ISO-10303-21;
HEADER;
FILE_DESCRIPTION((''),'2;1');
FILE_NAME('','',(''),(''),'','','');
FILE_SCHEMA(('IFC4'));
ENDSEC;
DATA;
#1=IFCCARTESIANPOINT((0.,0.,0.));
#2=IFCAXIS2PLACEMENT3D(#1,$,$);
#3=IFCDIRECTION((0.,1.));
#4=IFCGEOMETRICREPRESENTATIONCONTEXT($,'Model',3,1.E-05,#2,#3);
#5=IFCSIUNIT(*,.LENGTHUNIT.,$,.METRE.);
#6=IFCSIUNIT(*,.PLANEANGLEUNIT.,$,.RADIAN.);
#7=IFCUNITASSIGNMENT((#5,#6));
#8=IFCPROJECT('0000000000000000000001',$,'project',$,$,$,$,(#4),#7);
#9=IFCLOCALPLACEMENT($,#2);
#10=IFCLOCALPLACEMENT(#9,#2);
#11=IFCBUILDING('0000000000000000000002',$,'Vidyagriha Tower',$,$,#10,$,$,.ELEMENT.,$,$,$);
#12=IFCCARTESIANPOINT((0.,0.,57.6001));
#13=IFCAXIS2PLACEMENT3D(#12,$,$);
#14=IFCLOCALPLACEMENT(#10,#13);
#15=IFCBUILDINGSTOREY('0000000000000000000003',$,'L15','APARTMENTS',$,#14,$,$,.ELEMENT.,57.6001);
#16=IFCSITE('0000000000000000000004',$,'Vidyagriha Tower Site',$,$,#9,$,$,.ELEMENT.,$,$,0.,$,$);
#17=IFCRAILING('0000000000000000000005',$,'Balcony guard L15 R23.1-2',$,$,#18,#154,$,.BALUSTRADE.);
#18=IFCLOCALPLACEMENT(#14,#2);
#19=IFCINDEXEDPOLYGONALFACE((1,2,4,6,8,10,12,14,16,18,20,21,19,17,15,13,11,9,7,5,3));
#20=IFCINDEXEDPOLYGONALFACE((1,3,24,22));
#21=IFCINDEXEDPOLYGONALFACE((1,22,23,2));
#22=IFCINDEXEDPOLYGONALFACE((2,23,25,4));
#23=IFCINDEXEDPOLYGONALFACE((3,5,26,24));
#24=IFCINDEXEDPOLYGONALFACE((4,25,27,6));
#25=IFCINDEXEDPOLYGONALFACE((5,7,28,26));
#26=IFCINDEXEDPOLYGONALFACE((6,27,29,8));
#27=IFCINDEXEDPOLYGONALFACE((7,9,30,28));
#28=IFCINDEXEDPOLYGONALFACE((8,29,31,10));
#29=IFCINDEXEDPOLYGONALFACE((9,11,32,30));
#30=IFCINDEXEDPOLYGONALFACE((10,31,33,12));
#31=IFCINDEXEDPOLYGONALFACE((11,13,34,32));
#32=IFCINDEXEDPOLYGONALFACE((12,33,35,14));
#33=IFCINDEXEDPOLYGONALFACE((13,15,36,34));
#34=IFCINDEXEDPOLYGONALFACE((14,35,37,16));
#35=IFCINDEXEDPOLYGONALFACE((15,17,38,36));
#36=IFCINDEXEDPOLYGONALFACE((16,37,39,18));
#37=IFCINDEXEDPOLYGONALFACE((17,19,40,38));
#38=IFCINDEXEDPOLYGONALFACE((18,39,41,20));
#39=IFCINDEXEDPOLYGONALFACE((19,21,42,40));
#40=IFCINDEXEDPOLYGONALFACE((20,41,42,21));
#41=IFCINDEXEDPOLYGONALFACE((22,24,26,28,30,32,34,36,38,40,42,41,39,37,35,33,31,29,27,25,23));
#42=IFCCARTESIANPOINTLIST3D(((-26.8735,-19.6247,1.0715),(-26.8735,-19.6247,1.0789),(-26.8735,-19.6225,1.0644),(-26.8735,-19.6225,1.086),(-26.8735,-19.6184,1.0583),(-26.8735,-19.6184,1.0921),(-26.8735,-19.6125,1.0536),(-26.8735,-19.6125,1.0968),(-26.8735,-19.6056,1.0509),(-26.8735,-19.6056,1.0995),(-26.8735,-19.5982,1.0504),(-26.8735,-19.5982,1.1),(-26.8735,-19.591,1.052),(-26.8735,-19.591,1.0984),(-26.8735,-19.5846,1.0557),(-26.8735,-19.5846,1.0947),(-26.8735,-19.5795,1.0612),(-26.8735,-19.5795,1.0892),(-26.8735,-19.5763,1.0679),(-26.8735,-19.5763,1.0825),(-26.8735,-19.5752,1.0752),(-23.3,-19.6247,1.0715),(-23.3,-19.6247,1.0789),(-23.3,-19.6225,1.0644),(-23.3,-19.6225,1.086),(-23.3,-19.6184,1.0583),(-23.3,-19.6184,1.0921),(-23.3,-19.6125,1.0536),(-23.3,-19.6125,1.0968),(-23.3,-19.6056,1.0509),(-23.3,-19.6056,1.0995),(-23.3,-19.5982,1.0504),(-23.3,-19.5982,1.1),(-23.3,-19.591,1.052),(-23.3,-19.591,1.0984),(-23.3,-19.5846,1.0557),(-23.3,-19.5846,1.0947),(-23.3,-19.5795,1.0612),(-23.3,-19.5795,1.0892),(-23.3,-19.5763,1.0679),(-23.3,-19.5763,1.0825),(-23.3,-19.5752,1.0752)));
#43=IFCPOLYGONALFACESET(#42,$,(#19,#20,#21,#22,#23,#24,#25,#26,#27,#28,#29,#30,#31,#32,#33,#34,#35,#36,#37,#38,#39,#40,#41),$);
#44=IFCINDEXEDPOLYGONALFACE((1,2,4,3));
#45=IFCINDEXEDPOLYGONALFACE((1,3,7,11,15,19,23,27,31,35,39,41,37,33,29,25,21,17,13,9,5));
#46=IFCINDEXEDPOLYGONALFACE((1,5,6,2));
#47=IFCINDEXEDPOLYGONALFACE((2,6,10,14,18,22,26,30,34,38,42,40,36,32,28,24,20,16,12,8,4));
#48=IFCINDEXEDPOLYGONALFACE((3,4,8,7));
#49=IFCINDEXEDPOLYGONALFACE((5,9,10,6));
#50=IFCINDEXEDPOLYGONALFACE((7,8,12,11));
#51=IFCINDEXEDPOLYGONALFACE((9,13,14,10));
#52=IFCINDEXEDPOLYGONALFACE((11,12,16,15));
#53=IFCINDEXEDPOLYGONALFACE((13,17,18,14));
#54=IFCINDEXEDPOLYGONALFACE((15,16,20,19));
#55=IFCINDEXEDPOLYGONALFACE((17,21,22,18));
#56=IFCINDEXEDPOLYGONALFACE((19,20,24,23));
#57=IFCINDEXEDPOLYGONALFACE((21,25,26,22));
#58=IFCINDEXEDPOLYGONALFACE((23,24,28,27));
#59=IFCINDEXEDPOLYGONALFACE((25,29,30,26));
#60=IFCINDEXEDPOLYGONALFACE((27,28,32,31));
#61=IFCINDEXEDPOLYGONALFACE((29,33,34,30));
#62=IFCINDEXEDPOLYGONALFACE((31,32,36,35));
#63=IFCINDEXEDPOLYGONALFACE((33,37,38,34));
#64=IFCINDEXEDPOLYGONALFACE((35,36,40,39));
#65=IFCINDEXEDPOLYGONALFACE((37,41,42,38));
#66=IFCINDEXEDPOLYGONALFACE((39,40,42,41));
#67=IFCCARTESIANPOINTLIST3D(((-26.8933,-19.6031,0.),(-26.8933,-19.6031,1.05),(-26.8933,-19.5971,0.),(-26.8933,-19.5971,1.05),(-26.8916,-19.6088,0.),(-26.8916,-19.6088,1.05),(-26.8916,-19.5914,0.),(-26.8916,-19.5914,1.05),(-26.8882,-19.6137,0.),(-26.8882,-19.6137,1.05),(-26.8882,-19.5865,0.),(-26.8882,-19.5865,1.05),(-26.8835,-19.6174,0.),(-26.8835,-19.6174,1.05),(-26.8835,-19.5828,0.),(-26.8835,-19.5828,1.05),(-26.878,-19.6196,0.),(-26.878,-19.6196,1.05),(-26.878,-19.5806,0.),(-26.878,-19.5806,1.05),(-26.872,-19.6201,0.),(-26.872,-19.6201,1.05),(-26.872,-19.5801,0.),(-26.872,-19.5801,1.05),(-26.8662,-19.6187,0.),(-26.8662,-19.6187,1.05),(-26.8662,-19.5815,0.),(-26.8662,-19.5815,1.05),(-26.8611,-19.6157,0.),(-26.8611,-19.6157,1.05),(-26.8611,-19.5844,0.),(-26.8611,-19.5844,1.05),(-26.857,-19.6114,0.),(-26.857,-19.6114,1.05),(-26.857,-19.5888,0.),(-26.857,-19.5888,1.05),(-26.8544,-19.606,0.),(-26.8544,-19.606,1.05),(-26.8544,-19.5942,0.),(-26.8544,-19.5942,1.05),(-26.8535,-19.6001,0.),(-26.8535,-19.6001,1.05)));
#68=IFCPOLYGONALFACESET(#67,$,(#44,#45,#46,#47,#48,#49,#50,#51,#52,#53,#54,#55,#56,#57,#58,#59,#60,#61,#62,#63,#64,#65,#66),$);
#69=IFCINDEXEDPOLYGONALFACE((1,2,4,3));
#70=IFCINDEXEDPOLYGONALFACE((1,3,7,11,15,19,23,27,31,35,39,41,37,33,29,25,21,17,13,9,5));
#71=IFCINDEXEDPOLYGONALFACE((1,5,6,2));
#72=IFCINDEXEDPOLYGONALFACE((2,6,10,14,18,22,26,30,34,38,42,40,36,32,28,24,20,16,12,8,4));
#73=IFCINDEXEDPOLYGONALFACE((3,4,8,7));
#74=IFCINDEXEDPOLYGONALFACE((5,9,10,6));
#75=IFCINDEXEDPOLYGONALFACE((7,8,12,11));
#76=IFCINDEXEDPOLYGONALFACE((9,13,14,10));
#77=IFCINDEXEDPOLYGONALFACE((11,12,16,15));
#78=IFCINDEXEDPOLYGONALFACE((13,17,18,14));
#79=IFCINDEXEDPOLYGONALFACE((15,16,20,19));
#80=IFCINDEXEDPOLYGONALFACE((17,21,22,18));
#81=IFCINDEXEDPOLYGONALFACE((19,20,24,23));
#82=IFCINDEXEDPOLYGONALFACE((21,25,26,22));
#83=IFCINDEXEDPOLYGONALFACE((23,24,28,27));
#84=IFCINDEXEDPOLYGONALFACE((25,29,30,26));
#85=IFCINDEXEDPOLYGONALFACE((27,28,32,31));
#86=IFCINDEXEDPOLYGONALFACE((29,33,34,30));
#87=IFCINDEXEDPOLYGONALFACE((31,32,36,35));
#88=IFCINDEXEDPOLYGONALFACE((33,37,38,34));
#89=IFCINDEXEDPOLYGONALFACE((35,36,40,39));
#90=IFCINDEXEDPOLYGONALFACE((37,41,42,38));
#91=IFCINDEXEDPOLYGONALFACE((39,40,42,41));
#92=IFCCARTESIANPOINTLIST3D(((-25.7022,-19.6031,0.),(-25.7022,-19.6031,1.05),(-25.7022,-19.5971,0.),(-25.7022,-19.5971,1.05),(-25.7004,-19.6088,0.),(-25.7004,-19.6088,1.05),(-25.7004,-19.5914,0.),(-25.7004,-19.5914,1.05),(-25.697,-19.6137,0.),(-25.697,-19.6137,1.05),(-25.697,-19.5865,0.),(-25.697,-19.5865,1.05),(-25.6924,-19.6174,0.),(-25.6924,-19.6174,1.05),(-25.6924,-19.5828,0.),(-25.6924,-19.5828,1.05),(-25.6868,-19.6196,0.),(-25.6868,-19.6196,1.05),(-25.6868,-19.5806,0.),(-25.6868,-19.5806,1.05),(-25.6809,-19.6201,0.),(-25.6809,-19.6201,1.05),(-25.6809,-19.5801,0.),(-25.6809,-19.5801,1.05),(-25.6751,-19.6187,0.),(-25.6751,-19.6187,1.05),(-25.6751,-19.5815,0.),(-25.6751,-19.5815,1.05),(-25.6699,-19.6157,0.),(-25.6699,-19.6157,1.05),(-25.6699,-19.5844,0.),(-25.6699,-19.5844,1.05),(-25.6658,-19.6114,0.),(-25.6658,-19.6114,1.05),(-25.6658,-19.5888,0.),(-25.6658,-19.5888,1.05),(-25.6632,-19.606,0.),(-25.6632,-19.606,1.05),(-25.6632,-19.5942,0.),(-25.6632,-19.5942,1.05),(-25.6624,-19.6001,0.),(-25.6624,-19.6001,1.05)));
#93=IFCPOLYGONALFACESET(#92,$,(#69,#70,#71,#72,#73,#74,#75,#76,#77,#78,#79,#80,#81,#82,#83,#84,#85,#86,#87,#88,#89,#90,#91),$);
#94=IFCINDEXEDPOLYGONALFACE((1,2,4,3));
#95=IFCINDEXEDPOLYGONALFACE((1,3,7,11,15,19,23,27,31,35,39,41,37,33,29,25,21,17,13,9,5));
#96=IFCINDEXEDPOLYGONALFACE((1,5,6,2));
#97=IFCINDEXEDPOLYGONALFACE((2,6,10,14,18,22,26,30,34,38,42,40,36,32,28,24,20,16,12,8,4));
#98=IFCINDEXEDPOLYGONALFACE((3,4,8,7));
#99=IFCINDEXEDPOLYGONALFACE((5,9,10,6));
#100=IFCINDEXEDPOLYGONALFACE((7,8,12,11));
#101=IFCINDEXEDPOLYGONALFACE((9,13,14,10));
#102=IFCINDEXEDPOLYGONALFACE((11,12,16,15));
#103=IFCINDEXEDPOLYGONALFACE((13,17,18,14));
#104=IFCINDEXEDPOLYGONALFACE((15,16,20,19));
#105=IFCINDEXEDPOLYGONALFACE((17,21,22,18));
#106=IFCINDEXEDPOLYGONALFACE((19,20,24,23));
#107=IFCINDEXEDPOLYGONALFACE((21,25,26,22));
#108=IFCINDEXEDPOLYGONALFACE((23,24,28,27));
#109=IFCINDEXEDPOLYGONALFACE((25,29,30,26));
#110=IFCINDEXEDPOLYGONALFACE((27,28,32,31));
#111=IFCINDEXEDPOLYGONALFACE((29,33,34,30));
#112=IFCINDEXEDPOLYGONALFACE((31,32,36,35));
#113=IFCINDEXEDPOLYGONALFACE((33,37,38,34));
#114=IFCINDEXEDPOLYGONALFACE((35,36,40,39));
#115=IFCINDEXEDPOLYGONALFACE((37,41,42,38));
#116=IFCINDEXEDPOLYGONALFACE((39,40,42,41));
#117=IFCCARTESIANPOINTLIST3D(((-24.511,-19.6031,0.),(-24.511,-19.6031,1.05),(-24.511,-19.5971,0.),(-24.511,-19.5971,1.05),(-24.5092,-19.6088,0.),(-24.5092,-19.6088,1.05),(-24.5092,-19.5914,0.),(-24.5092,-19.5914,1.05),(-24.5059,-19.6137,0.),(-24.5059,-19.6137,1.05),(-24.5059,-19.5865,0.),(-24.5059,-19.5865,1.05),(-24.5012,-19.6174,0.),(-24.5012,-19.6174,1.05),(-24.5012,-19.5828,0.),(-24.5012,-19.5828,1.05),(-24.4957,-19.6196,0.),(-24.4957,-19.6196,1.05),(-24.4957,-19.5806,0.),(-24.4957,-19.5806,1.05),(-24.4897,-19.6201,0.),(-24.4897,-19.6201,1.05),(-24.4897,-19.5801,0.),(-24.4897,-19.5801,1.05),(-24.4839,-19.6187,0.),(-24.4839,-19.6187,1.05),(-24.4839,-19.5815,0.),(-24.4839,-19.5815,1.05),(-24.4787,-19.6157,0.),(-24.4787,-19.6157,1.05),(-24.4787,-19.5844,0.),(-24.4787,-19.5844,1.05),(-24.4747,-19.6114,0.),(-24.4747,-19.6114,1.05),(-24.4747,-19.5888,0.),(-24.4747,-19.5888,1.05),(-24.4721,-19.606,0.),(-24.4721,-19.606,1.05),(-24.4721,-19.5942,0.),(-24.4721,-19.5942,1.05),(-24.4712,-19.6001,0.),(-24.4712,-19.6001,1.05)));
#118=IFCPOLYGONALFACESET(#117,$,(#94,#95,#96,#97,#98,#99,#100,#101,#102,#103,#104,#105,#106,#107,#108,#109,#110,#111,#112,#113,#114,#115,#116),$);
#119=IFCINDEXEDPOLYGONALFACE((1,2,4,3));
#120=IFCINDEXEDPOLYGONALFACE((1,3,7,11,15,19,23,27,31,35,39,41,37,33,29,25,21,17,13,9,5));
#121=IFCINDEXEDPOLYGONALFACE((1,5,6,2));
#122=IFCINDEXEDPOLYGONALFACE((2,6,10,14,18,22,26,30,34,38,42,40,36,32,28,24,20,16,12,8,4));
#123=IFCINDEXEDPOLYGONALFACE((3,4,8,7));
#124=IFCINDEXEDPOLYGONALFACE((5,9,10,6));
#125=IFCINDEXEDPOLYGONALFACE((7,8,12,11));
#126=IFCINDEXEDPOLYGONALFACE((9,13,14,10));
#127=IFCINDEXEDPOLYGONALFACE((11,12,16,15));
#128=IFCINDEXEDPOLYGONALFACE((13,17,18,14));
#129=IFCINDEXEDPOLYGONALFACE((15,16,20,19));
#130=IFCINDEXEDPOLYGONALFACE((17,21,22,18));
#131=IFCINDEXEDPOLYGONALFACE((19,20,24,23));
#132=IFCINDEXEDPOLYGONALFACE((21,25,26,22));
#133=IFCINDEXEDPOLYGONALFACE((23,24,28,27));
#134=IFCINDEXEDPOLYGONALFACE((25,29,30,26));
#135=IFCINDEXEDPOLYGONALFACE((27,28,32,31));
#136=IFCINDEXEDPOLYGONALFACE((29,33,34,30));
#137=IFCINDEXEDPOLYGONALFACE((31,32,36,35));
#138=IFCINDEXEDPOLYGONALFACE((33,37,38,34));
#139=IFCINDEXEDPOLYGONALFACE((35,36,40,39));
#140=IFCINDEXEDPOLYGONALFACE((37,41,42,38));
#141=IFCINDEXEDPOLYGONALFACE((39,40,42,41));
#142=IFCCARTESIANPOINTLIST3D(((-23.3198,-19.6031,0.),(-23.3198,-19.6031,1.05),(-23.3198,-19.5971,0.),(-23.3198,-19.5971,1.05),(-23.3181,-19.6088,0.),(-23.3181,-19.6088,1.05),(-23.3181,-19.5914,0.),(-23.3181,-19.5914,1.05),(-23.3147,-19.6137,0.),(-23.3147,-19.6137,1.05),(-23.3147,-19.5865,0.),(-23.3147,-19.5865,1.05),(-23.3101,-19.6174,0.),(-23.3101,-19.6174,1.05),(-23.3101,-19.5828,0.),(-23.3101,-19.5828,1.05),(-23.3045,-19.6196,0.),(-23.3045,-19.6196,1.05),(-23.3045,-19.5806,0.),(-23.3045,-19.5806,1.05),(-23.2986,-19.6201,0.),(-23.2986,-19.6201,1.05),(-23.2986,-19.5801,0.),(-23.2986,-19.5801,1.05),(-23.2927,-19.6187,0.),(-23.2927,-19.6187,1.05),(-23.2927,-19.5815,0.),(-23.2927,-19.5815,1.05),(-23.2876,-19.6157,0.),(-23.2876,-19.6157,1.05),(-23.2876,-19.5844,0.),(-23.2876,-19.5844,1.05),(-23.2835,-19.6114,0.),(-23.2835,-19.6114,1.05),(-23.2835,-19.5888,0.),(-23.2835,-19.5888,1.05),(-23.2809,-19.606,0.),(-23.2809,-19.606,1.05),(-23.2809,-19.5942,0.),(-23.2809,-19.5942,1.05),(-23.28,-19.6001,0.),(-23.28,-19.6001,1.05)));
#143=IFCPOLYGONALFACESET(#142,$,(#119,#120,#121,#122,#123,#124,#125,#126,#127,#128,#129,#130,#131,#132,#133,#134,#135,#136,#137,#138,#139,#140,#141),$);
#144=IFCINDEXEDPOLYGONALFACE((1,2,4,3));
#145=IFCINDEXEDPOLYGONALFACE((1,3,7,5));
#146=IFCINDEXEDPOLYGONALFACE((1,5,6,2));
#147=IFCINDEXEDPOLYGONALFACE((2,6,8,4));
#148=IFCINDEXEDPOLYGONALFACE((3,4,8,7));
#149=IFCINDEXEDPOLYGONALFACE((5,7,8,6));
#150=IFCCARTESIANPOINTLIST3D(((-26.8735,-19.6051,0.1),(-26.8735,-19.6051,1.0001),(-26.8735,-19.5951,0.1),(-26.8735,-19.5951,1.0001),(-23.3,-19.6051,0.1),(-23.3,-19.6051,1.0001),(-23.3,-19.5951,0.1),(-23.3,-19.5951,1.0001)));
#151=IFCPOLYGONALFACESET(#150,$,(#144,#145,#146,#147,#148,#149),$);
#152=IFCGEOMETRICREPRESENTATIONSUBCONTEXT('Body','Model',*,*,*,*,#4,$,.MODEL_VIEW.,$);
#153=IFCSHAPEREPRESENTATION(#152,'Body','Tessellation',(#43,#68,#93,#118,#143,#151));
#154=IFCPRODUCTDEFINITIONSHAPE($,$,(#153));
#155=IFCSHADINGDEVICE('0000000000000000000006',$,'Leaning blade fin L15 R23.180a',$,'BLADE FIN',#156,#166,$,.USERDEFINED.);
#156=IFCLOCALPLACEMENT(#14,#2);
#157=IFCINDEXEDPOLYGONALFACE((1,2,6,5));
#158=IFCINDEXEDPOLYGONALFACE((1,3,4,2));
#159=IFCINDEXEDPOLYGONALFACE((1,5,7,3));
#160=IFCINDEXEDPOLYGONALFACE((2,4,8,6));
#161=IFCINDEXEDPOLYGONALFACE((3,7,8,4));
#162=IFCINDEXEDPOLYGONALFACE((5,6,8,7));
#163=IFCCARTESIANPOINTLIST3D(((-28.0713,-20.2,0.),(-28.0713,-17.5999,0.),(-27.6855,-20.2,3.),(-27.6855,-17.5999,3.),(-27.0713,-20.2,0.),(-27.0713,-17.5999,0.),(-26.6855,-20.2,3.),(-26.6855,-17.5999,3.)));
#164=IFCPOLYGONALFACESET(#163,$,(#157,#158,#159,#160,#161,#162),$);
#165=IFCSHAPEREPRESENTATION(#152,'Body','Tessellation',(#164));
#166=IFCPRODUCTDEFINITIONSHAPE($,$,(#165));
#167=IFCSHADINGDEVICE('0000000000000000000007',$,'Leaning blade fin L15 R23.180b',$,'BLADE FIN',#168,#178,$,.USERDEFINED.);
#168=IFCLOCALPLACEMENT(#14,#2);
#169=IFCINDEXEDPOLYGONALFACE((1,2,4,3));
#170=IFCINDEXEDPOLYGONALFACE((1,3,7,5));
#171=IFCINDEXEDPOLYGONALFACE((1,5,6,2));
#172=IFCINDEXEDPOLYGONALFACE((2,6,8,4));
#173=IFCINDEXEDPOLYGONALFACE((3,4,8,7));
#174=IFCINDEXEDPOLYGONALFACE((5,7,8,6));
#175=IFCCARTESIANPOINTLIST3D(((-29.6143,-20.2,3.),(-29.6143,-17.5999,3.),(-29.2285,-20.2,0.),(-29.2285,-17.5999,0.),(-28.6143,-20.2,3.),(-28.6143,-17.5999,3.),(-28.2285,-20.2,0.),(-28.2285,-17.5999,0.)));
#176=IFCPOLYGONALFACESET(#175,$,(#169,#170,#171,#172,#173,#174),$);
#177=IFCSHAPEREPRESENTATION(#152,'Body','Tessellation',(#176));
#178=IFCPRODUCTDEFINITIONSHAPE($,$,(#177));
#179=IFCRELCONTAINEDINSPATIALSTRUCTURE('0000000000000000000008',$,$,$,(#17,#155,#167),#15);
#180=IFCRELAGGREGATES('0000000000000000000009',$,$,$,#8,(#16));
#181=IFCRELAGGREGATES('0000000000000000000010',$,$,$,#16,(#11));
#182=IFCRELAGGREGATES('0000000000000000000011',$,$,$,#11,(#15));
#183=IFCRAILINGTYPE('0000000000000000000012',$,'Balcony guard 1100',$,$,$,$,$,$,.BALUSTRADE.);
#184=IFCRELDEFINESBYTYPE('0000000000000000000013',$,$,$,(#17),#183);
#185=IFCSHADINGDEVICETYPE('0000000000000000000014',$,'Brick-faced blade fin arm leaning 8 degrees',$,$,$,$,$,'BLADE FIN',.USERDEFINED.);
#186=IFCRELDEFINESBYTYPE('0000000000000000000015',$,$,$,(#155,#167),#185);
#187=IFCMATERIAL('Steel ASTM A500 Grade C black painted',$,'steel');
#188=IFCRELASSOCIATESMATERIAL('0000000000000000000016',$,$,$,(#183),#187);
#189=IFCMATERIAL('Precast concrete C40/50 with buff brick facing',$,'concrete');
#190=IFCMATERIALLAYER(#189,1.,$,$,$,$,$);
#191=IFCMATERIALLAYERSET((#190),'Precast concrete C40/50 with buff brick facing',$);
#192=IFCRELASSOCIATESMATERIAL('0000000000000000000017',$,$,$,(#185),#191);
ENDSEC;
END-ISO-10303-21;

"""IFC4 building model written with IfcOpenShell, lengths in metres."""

from ifc_helpers import new_model, si_unit, direction, frame, origin, origin_2d, place, context, subcontext, project, spatial, polyline, rectangle, circle, outline, extrude, material, layer, layer_set, type_object, element, save


model = new_model("IFC4")

# Units and contexts
model_context = context("Model", 3, precision=1e-05, world=origin(), true_north=direction((0.0, 1.0)))
body_context = subcontext(model_context, "Body", "Model", "MODEL_VIEW")
ifc_project = project(units=[si_unit("LENGTHUNIT", "METRE"), si_unit("PLANEANGLEUNIT", "RADIAN")], contexts=[model_context])

# Site, building, storey
site_placement = place(None, origin())
site = spatial("IfcSite", under=ifc_project, at=site_placement, Name="Vidyagriha Tower Site", CompositionType="ELEMENT", RefElevation=0.0)
building_placement = place(site_placement, origin())
building = spatial("IfcBuilding", under=site, at=building_placement, Name="Vidyagriha Tower", CompositionType="ELEMENT")
storey_placement = place(building_placement, frame((0.0, 0.0, 57.6001)))
storey = spatial("IfcBuildingStorey", under=building, at=storey_placement, Name="L15", Description="APARTMENTS", CompositionType="ELEMENT", Elevation=57.6001)

# Railing
ifc_material_1 = material(Name="Steel ASTM A500 Grade C black painted", Category="steel")
railing_type_1 = type_object("IfcRailingType", Name="Balcony guard 1100", PredefinedType="BALUSTRADE", material=ifc_material_1)
railing_1_placement = place(storey_placement, frame((-26.8735, -19.6001, 0.0)))
element("IfcRailing", 1, at=railing_1_placement, inside=storey, type_object=railing_type_1, Name="Balcony guard L15 R23.1-2", PredefinedType="BALUSTRADE", context=body_context, shape_type="SweptSolid", body=[
    extrude(circle(Radius=0.0249, at=origin_2d()), frame((0.0, 0.0, 1.0752), z_axis=(1.0, 0.0, 0.0), x_axis=(0.0, 1.0, 0.0)), (0.0, 0.0, 1.0), 3.5735),
    extrude(circle(Radius=0.02, at=origin_2d()), origin(), (0.0, 0.0, 1.0), 1.05),
    extrude(circle(Radius=0.02, at=origin_2d()), frame((1.1912, 0.0, 0.0)), (0.0, 0.0, 1.0), 1.05),
    extrude(circle(Radius=0.02, at=origin_2d()), frame((2.3823, 0.0, 0.0)), (0.0, 0.0, 1.0), 1.05),
    extrude(circle(Radius=0.02, at=origin_2d()), frame((3.5735, 0.0, 0.0)), (0.0, 0.0, 1.0), 1.05),
    extrude(rectangle(XDim=0.01, YDim=0.9001, at=origin_2d()), frame((0.0, 0.0, 0.55), z_axis=(1.0, 0.0, 0.0), x_axis=(0.0, 1.0, 0.0)), (0.0, 0.0, 1.0), 3.5735),
])

# Shading devices
ifc_material_2 = material(Name="Precast concrete C40/50 with buff brick facing", Category="concrete")
ifc_layer_1 = layer(ifc_material_2, 1.0)
ifc_layer_set_1 = layer_set([ifc_layer_1], Name="Precast concrete C40/50 with buff brick facing")
shading_device_type = type_object("IfcShadingDeviceType", Name="Brick-faced blade fin arm leaning 8 degrees", ElementType="BLADE FIN", PredefinedType="USERDEFINED", material=ifc_layer_set_1)
shading_device_1_placement = place(storey_placement, frame((-28.0713, -18.8999, 0.0)))
element("IfcShadingDevice", 2, at=shading_device_1_placement, inside=storey, type_object=shading_device_type, Name="Leaning blade fin L15 R23.180a", ObjectType="BLADE FIN", PredefinedType="USERDEFINED", context=body_context, shape_type="SweptSolid", body=[
    extrude(outline(polyline([(0.0, 0.0), (1.0, 0.0), (1.3857, 3.0), (0.3857, 3.0), (0.0, 0.0)])), frame((0.0, 1.3, 0.0), z_axis=(0.0, -1.0, 0.0), x_axis=(1.0, 0.0, 0.0)), (0.0, 0.0, 1.0), 2.6001),
])
shading_device_2_placement = place(storey_placement, frame((-29.6143, -18.8999, 0.0)))
element("IfcShadingDevice", 3, at=shading_device_2_placement, inside=storey, type_object=shading_device_type, Name="Leaning blade fin L15 R23.180b", ObjectType="BLADE FIN", PredefinedType="USERDEFINED", context=body_context, shape_type="SweptSolid", body=[
    extrude(outline(polyline([(0.3857, 0.0), (1.3857, 0.0), (1.0, 3.0), (0.0, 3.0), (0.3857, 0.0)])), frame((0.0, 1.3, 0.0), z_axis=(0.0, -1.0, 0.0), x_axis=(1.0, 0.0, 0.0)), (0.0, 0.0, 1.0), 2.6001),
])

save(model, "model.ifc")
